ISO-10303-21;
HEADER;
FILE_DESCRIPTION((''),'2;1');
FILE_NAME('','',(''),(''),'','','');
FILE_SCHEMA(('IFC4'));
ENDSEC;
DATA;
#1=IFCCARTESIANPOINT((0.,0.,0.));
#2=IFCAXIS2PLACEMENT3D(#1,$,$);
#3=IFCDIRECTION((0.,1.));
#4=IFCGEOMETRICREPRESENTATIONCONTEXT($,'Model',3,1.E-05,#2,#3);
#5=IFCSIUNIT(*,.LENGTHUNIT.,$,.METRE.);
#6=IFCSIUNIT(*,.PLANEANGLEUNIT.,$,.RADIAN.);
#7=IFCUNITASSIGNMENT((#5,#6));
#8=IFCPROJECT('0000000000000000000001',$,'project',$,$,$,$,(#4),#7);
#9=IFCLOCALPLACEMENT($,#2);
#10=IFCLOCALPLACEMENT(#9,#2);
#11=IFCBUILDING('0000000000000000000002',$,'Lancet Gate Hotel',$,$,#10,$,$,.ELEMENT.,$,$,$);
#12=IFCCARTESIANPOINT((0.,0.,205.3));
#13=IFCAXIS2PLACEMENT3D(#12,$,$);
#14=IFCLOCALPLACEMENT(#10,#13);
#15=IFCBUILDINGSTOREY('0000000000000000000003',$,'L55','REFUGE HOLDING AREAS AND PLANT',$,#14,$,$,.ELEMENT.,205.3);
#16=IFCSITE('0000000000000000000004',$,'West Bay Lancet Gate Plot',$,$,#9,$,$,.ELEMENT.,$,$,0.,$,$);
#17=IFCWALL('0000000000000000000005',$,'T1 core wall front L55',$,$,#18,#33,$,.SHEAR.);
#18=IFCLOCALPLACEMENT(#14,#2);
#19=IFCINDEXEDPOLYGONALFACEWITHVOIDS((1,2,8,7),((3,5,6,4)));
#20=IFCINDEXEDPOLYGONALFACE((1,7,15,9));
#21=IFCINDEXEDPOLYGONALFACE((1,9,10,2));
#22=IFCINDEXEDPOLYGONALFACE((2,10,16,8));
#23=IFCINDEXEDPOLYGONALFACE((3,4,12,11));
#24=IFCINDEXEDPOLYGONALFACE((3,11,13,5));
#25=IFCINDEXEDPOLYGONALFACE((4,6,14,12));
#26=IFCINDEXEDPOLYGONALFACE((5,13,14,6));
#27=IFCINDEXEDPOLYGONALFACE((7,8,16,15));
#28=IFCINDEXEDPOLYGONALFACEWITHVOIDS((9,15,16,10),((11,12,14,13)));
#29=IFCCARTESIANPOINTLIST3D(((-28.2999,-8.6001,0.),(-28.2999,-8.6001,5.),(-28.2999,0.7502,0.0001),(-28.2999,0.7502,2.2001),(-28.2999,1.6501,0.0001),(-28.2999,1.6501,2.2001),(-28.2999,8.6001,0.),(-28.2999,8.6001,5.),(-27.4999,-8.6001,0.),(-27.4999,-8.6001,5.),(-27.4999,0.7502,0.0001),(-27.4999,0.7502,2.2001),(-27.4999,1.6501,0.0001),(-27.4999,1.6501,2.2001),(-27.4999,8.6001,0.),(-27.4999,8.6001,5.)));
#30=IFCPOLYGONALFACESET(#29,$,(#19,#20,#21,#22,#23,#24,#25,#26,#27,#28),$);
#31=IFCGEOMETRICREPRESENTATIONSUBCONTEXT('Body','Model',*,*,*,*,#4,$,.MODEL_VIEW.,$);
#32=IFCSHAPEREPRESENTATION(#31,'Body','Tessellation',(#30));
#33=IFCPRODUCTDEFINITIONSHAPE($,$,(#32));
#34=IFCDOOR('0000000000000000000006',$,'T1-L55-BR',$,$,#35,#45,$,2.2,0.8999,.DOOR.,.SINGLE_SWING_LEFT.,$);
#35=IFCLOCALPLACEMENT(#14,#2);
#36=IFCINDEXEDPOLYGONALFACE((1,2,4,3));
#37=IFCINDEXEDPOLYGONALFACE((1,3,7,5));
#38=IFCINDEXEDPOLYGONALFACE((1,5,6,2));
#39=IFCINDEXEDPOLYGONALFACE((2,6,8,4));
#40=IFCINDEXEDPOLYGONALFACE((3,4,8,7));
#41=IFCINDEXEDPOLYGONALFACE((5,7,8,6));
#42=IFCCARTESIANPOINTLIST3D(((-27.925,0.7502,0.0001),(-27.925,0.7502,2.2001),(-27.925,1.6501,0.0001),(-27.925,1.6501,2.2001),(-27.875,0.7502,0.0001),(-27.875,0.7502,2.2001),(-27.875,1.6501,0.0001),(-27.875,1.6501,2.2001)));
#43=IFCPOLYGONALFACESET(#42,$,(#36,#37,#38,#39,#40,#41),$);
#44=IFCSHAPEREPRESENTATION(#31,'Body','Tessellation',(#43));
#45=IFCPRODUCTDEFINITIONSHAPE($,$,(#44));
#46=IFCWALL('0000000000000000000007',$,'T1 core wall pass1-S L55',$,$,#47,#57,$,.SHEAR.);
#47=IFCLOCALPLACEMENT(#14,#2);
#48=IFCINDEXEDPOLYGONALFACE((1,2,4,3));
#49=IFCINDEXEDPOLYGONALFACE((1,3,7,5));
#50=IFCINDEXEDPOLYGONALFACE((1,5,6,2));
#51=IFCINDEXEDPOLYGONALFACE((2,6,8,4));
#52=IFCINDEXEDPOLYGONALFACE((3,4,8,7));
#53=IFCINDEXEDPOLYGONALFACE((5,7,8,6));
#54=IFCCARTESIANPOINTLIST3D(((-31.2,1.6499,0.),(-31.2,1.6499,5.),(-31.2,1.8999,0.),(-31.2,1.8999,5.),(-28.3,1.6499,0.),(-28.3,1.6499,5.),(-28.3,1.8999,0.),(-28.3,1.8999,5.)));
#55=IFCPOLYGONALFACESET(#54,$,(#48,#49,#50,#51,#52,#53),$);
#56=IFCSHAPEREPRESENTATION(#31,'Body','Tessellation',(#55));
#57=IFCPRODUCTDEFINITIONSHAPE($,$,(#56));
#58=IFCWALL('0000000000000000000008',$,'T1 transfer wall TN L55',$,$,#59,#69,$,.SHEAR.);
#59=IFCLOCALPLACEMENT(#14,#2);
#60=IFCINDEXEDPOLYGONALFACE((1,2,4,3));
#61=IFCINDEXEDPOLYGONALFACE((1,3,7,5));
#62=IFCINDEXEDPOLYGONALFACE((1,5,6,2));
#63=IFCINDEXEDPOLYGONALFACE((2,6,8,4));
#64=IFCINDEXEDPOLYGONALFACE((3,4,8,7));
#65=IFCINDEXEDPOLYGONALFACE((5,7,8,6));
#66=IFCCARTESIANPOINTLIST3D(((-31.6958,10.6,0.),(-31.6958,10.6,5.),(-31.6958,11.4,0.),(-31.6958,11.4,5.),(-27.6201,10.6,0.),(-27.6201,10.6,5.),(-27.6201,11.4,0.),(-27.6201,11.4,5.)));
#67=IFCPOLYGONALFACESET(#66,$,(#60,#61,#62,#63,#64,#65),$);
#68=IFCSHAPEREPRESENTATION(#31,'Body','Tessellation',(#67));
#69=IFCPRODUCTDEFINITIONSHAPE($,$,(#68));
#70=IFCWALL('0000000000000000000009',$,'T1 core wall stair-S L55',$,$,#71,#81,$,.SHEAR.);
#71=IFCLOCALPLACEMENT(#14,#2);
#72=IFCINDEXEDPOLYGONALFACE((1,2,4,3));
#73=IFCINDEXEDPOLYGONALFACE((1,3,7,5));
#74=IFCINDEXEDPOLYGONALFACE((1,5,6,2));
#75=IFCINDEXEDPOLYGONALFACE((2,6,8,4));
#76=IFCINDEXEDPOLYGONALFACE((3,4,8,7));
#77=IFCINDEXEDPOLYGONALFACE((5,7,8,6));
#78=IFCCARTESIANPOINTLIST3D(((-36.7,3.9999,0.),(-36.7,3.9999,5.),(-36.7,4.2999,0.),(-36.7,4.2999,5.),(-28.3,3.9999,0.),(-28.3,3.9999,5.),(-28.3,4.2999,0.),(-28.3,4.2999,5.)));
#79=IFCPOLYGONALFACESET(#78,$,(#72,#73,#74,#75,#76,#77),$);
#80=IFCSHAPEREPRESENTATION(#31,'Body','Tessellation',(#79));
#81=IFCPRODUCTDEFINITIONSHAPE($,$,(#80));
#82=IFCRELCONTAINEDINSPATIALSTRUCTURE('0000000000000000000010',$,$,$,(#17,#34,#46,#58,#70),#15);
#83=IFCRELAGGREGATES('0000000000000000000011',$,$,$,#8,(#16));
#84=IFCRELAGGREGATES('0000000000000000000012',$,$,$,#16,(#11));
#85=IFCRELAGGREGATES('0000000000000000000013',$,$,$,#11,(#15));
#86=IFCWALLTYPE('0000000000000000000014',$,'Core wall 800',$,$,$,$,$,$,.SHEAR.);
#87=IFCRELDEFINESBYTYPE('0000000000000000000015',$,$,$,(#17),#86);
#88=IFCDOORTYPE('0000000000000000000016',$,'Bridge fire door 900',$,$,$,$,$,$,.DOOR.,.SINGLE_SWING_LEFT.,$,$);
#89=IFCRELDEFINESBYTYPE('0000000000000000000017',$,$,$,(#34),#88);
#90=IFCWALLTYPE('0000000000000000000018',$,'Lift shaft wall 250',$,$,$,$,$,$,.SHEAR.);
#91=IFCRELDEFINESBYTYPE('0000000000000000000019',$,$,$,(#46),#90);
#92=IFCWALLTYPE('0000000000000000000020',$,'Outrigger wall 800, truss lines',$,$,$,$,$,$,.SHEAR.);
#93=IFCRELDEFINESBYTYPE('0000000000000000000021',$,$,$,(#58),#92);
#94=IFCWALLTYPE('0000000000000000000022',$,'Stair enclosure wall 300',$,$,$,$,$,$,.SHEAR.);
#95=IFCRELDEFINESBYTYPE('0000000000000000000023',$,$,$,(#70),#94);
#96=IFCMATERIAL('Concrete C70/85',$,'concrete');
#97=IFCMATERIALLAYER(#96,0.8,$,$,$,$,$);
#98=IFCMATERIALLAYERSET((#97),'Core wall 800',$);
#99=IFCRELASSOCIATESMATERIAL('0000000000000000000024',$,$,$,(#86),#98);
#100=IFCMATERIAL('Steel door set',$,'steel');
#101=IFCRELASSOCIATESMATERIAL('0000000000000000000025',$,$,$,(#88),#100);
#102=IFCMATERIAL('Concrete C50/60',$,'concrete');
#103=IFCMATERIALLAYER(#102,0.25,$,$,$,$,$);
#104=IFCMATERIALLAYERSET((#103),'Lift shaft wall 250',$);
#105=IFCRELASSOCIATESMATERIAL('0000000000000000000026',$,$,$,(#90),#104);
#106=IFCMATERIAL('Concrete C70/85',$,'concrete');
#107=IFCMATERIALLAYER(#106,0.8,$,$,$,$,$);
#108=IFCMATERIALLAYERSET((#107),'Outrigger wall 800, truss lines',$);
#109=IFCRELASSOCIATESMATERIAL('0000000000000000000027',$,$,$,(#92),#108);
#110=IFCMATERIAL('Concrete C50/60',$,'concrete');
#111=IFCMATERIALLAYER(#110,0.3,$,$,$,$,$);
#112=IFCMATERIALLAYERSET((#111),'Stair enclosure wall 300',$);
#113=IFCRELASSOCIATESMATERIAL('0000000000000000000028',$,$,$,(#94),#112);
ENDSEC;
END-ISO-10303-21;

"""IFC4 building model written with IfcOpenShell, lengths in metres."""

from ifc_helpers import new_model, si_unit, direction, frame, frame_2d, origin, place, context, subcontext, project, spatial, rectangle, extrude, material, layer, layer_set, type_object, element, fill, save


model = new_model("IFC4")

# Units and contexts
model_context = context("Model", 3, precision=1e-05, world=origin(), true_north=direction((0.0, 1.0)))
body_context = subcontext(model_context, "Body", "Model", "MODEL_VIEW")
ifc_project = project(units=[si_unit("LENGTHUNIT", "METRE"), si_unit("PLANEANGLEUNIT", "RADIAN")], contexts=[model_context])

# Site, building, storey
site_placement = place(None, origin())
site = spatial("IfcSite", under=ifc_project, at=site_placement, Name="West Bay Lancet Gate Plot", CompositionType="ELEMENT", RefElevation=0.0)
building_placement = place(site_placement, origin())
building = spatial("IfcBuilding", under=site, at=building_placement, Name="Lancet Gate Hotel", CompositionType="ELEMENT")
storey_placement = place(building_placement, frame((0.0, 0.0, 205.3)))
storey = spatial("IfcBuildingStorey", under=building, at=storey_placement, Name="L55", Description="REFUGE HOLDING AREAS AND PLANT", CompositionType="ELEMENT", Elevation=205.3)

# Wall, opening, door
ifc_material_1 = material(Name="Concrete C70/85", Category="concrete")
ifc_layer_1 = layer(ifc_material_1, 0.8)
ifc_layer_set_1 = layer_set([ifc_layer_1], Name="Core wall 800")
wall_type_1 = type_object("IfcWallType", Name="Core wall 800", PredefinedType="SHEAR", material=ifc_layer_set_1)
wall_1_placement = place(storey_placement, frame((-27.8999, 8.6001, 0.0), z_axis=(0.0, 0.0, 1.0), x_axis=(0.0, -1.0, 0.0)))
wall_1 = element("IfcWall", 1, at=wall_1_placement, inside=storey, type_object=wall_type_1, Name="T1 core wall front L55", PredefinedType="SHEAR", context=body_context, shape_type="SweptSolid", body=[
    extrude(rectangle(XDim=17.2002, YDim=0.8, at=frame_2d((8.6001, 0.0))), origin(), (0.0, 0.0, 1.0), 5.0),
])
opening_1_placement = place(wall_1_placement, frame((6.95, 0.0, 0.0)))
opening_1 = element("IfcOpeningElement", 2, at=opening_1_placement, cuts=wall_1, PredefinedType="OPENING", context=body_context, shape_type="SweptSolid", body=[
    extrude(rectangle(XDim=0.8999, YDim=2.2, at=frame_2d((0.45, 1.1001))), frame((0.0, 0.4099, 0.0), z_axis=(0.0, -1.0, 0.0), x_axis=(1.0, 0.0, 0.0)), (0.0, 0.0, 1.0), 0.8201),
])
ifc_material_2 = material(Name="Steel door set", Category="steel")
door_type_1 = type_object("IfcDoorType", Name="Bridge fire door 900", OperationType="SINGLE_SWING_LEFT", PredefinedType="DOOR", material=ifc_material_2)
door_1_placement = place(opening_1_placement, origin())
door_1 = element("IfcDoor", 3, at=door_1_placement, inside=storey, type_object=door_type_1, Name="T1-L55-BR", OperationType="SINGLE_SWING_LEFT", OverallHeight=2.2, OverallWidth=0.8999, PredefinedType="DOOR", context=body_context, shape_type="SweptSolid", body=[
    extrude(rectangle(XDim=0.8999, YDim=2.2, at=frame_2d((0.45, 1.1001))), frame((0.0, 0.0249, 0.0), z_axis=(0.0, -1.0, 0.0), x_axis=(1.0, 0.0, 0.0)), (0.0, 0.0, 1.0), 0.05),
])
fill(opening_1, door_1)

# Walls
ifc_material_3 = material(Name="Concrete C50/60", Category="concrete")
ifc_layer_2 = layer(ifc_material_3, 0.25)
ifc_layer_set_2 = layer_set([ifc_layer_2], Name="Lift shaft wall 250")
wall_type_2 = type_object("IfcWallType", Name="Lift shaft wall 250", PredefinedType="SHEAR", material=ifc_layer_set_2)
wall_2_placement = place(storey_placement, frame((-28.3, 1.7749, 0.0), z_axis=(0.0, 0.0, 1.0), x_axis=(-1.0, 0.0, 0.0)))
element("IfcWall", 4, at=wall_2_placement, inside=storey, type_object=wall_type_2, Name="T1 core wall pass1-S L55", PredefinedType="SHEAR", context=body_context, shape_type="SweptSolid", body=[
    extrude(rectangle(XDim=2.8999, YDim=0.25, at=frame_2d((1.45, 0.0))), origin(), (0.0, 0.0, 1.0), 5.0),
])
ifc_material_4 = material(Name="Concrete C70/85", Category="concrete")
ifc_layer_3 = layer(ifc_material_4, 0.8)
ifc_layer_set_3 = layer_set([ifc_layer_3], Name="Outrigger wall 800, truss lines")
wall_type_3 = type_object("IfcWallType", Name="Outrigger wall 800, truss lines", PredefinedType="SHEAR", material=ifc_layer_set_3)
wall_3_placement = place(storey_placement, frame((-27.6201, 11.0, 0.0), z_axis=(0.0, 0.0, 1.0), x_axis=(-1.0, 0.0, 0.0)))
element("IfcWall", 5, at=wall_3_placement, inside=storey, type_object=wall_type_3, Name="T1 transfer wall TN L55", PredefinedType="SHEAR", context=body_context, shape_type="SweptSolid", body=[
    extrude(rectangle(XDim=4.0757, YDim=0.8, at=frame_2d((2.0378, 0.0))), origin(), (0.0, 0.0, 1.0), 5.0),
])
ifc_material_5 = material(Name="Concrete C50/60", Category="concrete")
ifc_layer_4 = layer(ifc_material_5, 0.3)
ifc_layer_set_4 = layer_set([ifc_layer_4], Name="Stair enclosure wall 300")
wall_type_4 = type_object("IfcWallType", Name="Stair enclosure wall 300", PredefinedType="SHEAR", material=ifc_layer_set_4)
wall_4_placement = place(storey_placement, frame((-28.3, 4.1499, 0.0), z_axis=(0.0, 0.0, 1.0), x_axis=(-1.0, 0.0, 0.0)))
element("IfcWall", 6, at=wall_4_placement, inside=storey, type_object=wall_type_4, Name="T1 core wall stair-S L55", PredefinedType="SHEAR", context=body_context, shape_type="SweptSolid", body=[
    extrude(rectangle(XDim=8.3999, YDim=0.3, at=frame_2d((4.2, 0.0))), origin(), (0.0, 0.0, 1.0), 5.0),
])

save(model, "model.ifc")
